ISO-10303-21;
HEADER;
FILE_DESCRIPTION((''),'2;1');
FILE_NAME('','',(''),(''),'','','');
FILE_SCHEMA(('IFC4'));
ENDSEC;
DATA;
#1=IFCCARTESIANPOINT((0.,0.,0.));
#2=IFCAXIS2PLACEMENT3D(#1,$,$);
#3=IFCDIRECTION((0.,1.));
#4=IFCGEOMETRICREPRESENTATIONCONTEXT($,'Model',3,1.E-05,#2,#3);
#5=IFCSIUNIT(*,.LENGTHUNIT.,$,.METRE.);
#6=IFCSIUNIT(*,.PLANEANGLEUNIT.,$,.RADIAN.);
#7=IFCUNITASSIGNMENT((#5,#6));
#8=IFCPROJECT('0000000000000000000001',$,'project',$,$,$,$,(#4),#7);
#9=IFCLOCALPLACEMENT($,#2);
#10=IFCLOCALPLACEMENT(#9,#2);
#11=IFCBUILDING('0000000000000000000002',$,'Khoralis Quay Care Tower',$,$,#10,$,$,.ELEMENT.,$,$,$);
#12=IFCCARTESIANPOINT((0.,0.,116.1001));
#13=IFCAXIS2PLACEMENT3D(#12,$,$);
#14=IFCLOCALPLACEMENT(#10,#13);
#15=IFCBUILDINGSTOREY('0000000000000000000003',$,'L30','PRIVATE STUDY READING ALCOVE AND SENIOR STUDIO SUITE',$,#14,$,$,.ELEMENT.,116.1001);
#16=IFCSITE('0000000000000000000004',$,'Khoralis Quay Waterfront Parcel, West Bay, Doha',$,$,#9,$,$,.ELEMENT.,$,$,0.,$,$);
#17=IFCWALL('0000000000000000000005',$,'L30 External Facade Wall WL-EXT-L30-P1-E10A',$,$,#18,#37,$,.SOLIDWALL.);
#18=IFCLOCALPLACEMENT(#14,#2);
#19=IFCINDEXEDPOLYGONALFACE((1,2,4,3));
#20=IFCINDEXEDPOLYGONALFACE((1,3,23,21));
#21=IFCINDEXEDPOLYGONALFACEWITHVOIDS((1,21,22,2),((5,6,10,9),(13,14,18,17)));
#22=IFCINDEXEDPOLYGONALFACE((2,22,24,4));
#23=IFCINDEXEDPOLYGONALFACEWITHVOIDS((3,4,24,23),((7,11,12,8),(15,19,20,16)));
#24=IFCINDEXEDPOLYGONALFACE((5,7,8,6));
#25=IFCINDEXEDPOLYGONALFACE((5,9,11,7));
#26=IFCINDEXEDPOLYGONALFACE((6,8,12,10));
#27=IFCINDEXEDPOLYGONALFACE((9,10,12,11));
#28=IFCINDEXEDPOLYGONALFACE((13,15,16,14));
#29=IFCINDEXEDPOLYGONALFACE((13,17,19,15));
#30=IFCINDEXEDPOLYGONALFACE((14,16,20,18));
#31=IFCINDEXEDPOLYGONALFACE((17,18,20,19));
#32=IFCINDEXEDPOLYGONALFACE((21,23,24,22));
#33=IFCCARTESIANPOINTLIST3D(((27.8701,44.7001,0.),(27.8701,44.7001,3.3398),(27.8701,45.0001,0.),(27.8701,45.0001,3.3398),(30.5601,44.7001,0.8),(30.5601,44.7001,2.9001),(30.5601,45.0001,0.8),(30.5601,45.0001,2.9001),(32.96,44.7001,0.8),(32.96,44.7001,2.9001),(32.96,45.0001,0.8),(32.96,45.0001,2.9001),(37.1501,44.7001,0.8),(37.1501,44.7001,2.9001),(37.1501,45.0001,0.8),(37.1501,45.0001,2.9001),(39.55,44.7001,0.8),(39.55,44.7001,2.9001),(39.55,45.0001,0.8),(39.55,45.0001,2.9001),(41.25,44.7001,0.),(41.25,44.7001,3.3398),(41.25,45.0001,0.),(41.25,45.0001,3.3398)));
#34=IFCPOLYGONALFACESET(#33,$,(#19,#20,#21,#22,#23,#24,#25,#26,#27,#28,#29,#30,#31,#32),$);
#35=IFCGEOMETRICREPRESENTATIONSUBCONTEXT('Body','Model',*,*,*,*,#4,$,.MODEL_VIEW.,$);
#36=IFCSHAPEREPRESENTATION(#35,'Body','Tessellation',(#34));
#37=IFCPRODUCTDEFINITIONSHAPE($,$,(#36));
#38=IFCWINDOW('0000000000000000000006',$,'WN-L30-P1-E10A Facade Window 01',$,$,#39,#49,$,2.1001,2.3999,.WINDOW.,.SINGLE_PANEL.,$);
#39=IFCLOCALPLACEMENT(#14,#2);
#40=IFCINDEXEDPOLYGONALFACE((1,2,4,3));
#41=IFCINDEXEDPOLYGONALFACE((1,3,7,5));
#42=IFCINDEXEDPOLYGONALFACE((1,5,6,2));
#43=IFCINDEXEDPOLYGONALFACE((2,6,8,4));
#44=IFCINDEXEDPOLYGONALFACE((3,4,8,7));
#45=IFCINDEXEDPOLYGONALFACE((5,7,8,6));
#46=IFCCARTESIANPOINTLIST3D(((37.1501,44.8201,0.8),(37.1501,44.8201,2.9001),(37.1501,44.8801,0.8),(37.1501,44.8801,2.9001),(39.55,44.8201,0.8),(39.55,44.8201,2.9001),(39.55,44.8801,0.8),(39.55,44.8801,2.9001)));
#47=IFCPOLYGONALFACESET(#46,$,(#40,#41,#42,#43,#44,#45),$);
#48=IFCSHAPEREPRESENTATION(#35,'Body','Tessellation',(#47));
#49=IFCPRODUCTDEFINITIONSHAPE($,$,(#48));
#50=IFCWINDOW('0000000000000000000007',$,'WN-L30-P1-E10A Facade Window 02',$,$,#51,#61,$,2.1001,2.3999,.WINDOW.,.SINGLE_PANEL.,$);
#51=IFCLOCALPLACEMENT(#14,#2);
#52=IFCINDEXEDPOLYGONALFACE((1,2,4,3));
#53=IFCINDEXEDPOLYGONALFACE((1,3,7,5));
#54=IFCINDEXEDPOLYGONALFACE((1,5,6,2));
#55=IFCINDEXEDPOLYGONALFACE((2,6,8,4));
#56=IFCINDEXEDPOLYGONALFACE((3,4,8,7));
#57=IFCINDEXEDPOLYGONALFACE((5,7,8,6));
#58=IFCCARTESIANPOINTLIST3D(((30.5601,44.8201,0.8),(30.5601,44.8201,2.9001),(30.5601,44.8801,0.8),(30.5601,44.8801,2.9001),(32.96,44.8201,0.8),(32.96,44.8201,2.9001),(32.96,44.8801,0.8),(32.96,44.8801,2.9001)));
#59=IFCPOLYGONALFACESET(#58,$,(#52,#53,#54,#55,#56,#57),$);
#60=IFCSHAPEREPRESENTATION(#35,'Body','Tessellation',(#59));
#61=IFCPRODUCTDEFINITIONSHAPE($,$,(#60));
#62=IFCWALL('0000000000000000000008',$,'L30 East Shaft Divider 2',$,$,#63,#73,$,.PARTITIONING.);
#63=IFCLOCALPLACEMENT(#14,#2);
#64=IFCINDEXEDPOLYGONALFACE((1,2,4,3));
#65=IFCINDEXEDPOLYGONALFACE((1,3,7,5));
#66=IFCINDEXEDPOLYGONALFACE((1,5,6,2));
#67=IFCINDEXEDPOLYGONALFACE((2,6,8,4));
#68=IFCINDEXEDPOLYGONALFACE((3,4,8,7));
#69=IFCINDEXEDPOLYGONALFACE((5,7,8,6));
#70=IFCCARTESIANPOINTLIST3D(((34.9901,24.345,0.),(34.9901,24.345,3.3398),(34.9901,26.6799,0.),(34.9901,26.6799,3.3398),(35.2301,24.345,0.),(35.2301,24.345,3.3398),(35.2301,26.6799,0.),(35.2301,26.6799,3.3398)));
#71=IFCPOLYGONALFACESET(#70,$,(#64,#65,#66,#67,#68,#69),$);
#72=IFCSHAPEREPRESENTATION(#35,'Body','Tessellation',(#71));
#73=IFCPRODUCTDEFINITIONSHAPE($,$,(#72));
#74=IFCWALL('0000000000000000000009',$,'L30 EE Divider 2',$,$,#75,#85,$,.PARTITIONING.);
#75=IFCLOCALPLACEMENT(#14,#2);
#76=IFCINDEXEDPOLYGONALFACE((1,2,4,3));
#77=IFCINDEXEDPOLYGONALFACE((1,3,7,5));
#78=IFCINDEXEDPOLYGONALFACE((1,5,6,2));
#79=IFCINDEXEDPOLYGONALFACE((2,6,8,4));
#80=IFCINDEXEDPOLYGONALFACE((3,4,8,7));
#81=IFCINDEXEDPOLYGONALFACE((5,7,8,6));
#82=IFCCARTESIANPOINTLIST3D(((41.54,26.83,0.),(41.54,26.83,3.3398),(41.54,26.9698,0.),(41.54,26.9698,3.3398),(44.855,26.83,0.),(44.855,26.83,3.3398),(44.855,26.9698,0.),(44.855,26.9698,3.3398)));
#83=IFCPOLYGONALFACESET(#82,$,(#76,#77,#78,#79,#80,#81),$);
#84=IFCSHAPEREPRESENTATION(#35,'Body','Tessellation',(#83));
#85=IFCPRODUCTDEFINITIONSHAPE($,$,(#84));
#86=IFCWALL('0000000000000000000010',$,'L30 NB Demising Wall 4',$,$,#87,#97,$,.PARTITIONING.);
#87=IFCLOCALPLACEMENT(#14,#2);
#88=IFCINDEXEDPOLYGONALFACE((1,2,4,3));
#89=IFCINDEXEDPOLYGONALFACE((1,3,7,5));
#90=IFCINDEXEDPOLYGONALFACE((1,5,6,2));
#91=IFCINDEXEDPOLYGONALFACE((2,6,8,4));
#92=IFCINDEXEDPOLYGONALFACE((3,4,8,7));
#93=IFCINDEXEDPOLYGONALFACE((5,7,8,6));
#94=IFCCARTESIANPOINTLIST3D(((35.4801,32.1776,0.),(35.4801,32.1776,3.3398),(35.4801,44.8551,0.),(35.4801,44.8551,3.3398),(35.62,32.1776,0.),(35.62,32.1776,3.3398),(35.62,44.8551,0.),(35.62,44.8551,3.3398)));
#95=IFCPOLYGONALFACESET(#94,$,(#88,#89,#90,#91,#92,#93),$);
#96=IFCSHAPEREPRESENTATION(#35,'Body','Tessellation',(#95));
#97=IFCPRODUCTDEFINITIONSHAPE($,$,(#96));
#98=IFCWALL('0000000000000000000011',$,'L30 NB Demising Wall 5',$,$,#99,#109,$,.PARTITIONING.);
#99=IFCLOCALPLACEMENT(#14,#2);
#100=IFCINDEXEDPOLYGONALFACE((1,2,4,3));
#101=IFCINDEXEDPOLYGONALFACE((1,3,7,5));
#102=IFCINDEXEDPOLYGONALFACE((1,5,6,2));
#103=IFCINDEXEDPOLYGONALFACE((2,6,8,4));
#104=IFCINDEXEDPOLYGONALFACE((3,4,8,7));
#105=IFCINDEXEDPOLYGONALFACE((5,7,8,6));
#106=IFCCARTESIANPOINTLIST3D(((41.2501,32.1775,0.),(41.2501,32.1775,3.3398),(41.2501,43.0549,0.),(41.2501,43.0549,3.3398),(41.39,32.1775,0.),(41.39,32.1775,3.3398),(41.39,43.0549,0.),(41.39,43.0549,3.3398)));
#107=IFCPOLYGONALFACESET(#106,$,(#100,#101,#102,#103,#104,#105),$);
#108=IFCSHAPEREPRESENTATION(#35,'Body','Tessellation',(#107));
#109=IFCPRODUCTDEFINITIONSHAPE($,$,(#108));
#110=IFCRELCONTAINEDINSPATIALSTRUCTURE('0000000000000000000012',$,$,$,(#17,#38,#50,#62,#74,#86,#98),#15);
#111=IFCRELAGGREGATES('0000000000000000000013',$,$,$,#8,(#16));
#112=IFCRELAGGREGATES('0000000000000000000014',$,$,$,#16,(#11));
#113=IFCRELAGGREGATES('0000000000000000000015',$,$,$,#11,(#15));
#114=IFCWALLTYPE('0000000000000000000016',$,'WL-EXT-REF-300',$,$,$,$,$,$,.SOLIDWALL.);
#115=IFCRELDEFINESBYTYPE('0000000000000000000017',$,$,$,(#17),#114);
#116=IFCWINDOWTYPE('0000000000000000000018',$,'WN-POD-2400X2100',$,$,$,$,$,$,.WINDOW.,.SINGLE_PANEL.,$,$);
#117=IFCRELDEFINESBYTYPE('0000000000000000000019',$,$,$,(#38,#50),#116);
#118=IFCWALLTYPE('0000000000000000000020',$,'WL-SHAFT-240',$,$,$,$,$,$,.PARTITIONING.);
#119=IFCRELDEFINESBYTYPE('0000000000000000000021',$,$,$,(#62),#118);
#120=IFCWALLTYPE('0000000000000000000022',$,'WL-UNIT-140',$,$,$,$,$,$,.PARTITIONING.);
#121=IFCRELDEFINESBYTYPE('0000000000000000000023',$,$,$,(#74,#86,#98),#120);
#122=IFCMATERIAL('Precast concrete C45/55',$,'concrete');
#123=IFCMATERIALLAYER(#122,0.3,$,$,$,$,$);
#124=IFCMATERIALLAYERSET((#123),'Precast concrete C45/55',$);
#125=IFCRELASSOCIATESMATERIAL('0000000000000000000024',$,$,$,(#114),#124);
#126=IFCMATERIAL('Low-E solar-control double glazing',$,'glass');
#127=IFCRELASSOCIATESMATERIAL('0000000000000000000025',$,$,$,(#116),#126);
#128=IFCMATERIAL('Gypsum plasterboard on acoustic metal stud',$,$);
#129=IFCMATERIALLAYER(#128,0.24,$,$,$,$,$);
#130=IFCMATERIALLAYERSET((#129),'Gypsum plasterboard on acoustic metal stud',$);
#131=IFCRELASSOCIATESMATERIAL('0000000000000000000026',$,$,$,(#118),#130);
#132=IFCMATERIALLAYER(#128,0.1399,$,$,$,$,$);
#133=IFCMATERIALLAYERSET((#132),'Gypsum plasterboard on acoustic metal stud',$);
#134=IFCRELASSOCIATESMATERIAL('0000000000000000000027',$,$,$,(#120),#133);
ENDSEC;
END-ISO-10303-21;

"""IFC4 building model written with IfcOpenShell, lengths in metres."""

from ifc_helpers import new_model, si_unit, direction, frame, frame_2d, origin, place, context, subcontext, project, spatial, rectangle, extrude, source, transform, mapped, material, layer, layer_set, type_object, element, fill, save


model = new_model("IFC4")

# Units and contexts
model_context = context("Model", 3, precision=1e-05, world=origin(), true_north=direction((0.0, 1.0)))
body_context = subcontext(model_context, "Body", "Model", "MODEL_VIEW")
ifc_project = project(units=[si_unit("LENGTHUNIT", "METRE"), si_unit("PLANEANGLEUNIT", "RADIAN")], contexts=[model_context])

# Site, building, storey
site_placement = place(None, origin())
site = spatial("IfcSite", under=ifc_project, at=site_placement, Name="Khoralis Quay Waterfront Parcel, West Bay, Doha", CompositionType="ELEMENT", RefElevation=0.0)
building_placement = place(site_placement, origin())
building = spatial("IfcBuilding", under=site, at=building_placement, Name="Khoralis Quay Care Tower", CompositionType="ELEMENT")
storey_placement = place(building_placement, frame((0.0, 0.0, 116.1001)))
storey = spatial("IfcBuildingStorey", under=building, at=storey_placement, Name="L30", Description="PRIVATE STUDY READING ALCOVE AND SENIOR STUDIO SUITE", CompositionType="ELEMENT", Elevation=116.1001)

# Shared definitions
ifc_material_1 = material(Name="Low-E solar-control double glazing", Category="glass")

# Shared definitions
ifc_material_2 = material(Name="Gypsum plasterboard on acoustic metal stud")

# Shared definitions
ifc_material_3 = material(Name="Precast concrete C45/55", Category="concrete")
ifc_layer_1 = layer(ifc_material_3, 0.3)
ifc_layer_set_1 = layer_set([ifc_layer_1], Name="Precast concrete C45/55")
wall_type_1 = type_object("IfcWallType", Name="WL-EXT-REF-300", PredefinedType="SOLIDWALL", material=ifc_layer_set_1)
window_type = type_object("IfcWindowType", Name="WN-POD-2400X2100", PartitioningType="SINGLE_PANEL", PredefinedType="WINDOW", material=ifc_material_1)
shared_shape_1 = source(origin(), body_context, "Body", "SweptSolid", [
    extrude(rectangle(XDim=2.3999, YDim=2.1001, at=frame_2d((1.2, 1.05))), frame((0.0, 0.03, 0.0), z_axis=(0.0, -1.0, 0.0), x_axis=(1.0, 0.0, 0.0)), (0.0, 0.0, 1.0), 0.0601),
])

# Wall, openings, windows
wall_1_placement = place(storey_placement, frame((41.25, 44.8501, 0.0), z_axis=(0.0, 0.0, 1.0), x_axis=(-1.0, 0.0, 0.0)))
wall_1 = element("IfcWall", 1, at=wall_1_placement, inside=storey, type_object=wall_type_1, Name="L30 External Facade Wall WL-EXT-L30-P1-E10A", PredefinedType="SOLIDWALL", context=body_context, shape_type="SweptSolid", body=[
    extrude(rectangle(XDim=13.3799, YDim=0.3, at=frame_2d((6.6899, 0.0))), origin(), (0.0, 0.0, 1.0), 3.3398),
])
opening_1_placement = place(wall_1_placement, frame((1.7, 0.0, 0.8)))
opening_1 = element("IfcOpeningElement", 2, at=opening_1_placement, cuts=wall_1, PredefinedType="OPENING", context=body_context, shape_type="SweptSolid", body=[
    extrude(rectangle(XDim=2.3999, YDim=2.1001, at=frame_2d((1.2, 1.05))), frame((0.0, 0.1602, 0.0), z_axis=(0.0, -1.0, 0.0), x_axis=(1.0, 0.0, 0.0)), (0.0, 0.0, 1.0), 0.3201),
])
opening_2_placement = place(wall_1_placement, frame((8.29, 0.0, 0.8)))
opening_2 = element("IfcOpeningElement", 3, at=opening_2_placement, cuts=wall_1, PredefinedType="OPENING", context=body_context, shape_type="SweptSolid", body=[
    extrude(rectangle(XDim=2.3999, YDim=2.1001, at=frame_2d((1.2, 1.05))), frame((0.0, 0.1602, 0.0), z_axis=(0.0, -1.0, 0.0), x_axis=(1.0, 0.0, 0.0)), (0.0, 0.0, 1.0), 0.3201),
])
window_1_placement = place(opening_1_placement, origin())
window_1 = element("IfcWindow", 4, at=window_1_placement, inside=storey, type_object=window_type, Name="WN-L30-P1-E10A Facade Window 01", OverallHeight=2.1001, OverallWidth=2.3999, PartitioningType="SINGLE_PANEL", PredefinedType="WINDOW", context=body_context, shape_type="MappedRepresentation", body=[
    mapped(shared_shape_1, transform((0.0, 0.0, 0.0), scale=1.0)),
])
fill(opening_1, window_1)
window_2_placement = place(opening_2_placement, origin())
window_2 = element("IfcWindow", 5, at=window_2_placement, inside=storey, type_object=window_type, Name="WN-L30-P1-E10A Facade Window 02", OverallHeight=2.1001, OverallWidth=2.3999, PartitioningType="SINGLE_PANEL", PredefinedType="WINDOW", context=body_context, shape_type="MappedRepresentation", body=[
    mapped(shared_shape_1, transform((0.0, 0.0, 0.0), scale=1.0)),
])
fill(opening_2, window_2)

# Walls
ifc_layer_2 = layer(ifc_material_2, 0.24)
ifc_layer_set_2 = layer_set([ifc_layer_2], Name="Gypsum plasterboard on acoustic metal stud")
wall_type_2 = type_object("IfcWallType", Name="WL-SHAFT-240", PredefinedType="PARTITIONING", material=ifc_layer_set_2)
wall_2_placement = place(storey_placement, frame((35.1101, 24.345, 0.0), z_axis=(0.0, 0.0, 1.0), x_axis=(0.0, 1.0, 0.0)))
element("IfcWall", 6, at=wall_2_placement, inside=storey, type_object=wall_type_2, Name="L30 East Shaft Divider 2", PredefinedType="PARTITIONING", context=body_context, shape_type="SweptSolid", body=[
    extrude(rectangle(XDim=2.335, YDim=0.24, at=frame_2d((1.1675, 0.0))), origin(), (0.0, 0.0, 1.0), 3.3398),
])
ifc_layer_3 = layer(ifc_material_2, 0.1399)
ifc_layer_set_3 = layer_set([ifc_layer_3], Name="Gypsum plasterboard on acoustic metal stud")
wall_type_3 = type_object("IfcWallType", Name="WL-UNIT-140", PredefinedType="PARTITIONING", material=ifc_layer_set_3)
wall_3_placement = place(storey_placement, frame((41.54, 26.8999, 0.0), z_axis=(0.0, 0.0, 1.0), x_axis=(1.0, 0.0, 0.0)))
element("IfcWall", 7, at=wall_3_placement, inside=storey, type_object=wall_type_3, Name="L30 EE Divider 2", PredefinedType="PARTITIONING", context=body_context, shape_type="SweptSolid", body=[
    extrude(rectangle(XDim=3.3149, YDim=0.1399, at=frame_2d((1.6575, 0.0))), origin(), (0.0, 0.0, 1.0), 3.3398),
])
wall_4_placement = place(storey_placement, frame((35.55, 32.1775, 0.0), z_axis=(0.0, 0.0, 1.0), x_axis=(0.0, 1.0, 0.0)))
element("IfcWall", 8, at=wall_4_placement, inside=storey, type_object=wall_type_3, Name="L30 NB Demising Wall 4", PredefinedType="PARTITIONING", context=body_context, shape_type="SweptSolid", body=[
    extrude(rectangle(XDim=12.6775, YDim=0.1399, at=frame_2d((6.3389, 0.0))), origin(), (0.0, 0.0, 1.0), 3.3398),
])
wall_5_placement = place(storey_placement, frame((41.3201, 32.1775, 0.0), z_axis=(0.0, 0.0, 1.0), x_axis=(0.0, 1.0, 0.0)))
element("IfcWall", 9, at=wall_5_placement, inside=storey, type_object=wall_type_3, Name="L30 NB Demising Wall 5", PredefinedType="PARTITIONING", context=body_context, shape_type="SweptSolid", body=[
    extrude(rectangle(XDim=10.8774, YDim=0.1399, at=frame_2d((5.4387, 0.0))), origin(), (0.0, 0.0, 1.0), 3.3398),
])

save(model, "model.ifc")
